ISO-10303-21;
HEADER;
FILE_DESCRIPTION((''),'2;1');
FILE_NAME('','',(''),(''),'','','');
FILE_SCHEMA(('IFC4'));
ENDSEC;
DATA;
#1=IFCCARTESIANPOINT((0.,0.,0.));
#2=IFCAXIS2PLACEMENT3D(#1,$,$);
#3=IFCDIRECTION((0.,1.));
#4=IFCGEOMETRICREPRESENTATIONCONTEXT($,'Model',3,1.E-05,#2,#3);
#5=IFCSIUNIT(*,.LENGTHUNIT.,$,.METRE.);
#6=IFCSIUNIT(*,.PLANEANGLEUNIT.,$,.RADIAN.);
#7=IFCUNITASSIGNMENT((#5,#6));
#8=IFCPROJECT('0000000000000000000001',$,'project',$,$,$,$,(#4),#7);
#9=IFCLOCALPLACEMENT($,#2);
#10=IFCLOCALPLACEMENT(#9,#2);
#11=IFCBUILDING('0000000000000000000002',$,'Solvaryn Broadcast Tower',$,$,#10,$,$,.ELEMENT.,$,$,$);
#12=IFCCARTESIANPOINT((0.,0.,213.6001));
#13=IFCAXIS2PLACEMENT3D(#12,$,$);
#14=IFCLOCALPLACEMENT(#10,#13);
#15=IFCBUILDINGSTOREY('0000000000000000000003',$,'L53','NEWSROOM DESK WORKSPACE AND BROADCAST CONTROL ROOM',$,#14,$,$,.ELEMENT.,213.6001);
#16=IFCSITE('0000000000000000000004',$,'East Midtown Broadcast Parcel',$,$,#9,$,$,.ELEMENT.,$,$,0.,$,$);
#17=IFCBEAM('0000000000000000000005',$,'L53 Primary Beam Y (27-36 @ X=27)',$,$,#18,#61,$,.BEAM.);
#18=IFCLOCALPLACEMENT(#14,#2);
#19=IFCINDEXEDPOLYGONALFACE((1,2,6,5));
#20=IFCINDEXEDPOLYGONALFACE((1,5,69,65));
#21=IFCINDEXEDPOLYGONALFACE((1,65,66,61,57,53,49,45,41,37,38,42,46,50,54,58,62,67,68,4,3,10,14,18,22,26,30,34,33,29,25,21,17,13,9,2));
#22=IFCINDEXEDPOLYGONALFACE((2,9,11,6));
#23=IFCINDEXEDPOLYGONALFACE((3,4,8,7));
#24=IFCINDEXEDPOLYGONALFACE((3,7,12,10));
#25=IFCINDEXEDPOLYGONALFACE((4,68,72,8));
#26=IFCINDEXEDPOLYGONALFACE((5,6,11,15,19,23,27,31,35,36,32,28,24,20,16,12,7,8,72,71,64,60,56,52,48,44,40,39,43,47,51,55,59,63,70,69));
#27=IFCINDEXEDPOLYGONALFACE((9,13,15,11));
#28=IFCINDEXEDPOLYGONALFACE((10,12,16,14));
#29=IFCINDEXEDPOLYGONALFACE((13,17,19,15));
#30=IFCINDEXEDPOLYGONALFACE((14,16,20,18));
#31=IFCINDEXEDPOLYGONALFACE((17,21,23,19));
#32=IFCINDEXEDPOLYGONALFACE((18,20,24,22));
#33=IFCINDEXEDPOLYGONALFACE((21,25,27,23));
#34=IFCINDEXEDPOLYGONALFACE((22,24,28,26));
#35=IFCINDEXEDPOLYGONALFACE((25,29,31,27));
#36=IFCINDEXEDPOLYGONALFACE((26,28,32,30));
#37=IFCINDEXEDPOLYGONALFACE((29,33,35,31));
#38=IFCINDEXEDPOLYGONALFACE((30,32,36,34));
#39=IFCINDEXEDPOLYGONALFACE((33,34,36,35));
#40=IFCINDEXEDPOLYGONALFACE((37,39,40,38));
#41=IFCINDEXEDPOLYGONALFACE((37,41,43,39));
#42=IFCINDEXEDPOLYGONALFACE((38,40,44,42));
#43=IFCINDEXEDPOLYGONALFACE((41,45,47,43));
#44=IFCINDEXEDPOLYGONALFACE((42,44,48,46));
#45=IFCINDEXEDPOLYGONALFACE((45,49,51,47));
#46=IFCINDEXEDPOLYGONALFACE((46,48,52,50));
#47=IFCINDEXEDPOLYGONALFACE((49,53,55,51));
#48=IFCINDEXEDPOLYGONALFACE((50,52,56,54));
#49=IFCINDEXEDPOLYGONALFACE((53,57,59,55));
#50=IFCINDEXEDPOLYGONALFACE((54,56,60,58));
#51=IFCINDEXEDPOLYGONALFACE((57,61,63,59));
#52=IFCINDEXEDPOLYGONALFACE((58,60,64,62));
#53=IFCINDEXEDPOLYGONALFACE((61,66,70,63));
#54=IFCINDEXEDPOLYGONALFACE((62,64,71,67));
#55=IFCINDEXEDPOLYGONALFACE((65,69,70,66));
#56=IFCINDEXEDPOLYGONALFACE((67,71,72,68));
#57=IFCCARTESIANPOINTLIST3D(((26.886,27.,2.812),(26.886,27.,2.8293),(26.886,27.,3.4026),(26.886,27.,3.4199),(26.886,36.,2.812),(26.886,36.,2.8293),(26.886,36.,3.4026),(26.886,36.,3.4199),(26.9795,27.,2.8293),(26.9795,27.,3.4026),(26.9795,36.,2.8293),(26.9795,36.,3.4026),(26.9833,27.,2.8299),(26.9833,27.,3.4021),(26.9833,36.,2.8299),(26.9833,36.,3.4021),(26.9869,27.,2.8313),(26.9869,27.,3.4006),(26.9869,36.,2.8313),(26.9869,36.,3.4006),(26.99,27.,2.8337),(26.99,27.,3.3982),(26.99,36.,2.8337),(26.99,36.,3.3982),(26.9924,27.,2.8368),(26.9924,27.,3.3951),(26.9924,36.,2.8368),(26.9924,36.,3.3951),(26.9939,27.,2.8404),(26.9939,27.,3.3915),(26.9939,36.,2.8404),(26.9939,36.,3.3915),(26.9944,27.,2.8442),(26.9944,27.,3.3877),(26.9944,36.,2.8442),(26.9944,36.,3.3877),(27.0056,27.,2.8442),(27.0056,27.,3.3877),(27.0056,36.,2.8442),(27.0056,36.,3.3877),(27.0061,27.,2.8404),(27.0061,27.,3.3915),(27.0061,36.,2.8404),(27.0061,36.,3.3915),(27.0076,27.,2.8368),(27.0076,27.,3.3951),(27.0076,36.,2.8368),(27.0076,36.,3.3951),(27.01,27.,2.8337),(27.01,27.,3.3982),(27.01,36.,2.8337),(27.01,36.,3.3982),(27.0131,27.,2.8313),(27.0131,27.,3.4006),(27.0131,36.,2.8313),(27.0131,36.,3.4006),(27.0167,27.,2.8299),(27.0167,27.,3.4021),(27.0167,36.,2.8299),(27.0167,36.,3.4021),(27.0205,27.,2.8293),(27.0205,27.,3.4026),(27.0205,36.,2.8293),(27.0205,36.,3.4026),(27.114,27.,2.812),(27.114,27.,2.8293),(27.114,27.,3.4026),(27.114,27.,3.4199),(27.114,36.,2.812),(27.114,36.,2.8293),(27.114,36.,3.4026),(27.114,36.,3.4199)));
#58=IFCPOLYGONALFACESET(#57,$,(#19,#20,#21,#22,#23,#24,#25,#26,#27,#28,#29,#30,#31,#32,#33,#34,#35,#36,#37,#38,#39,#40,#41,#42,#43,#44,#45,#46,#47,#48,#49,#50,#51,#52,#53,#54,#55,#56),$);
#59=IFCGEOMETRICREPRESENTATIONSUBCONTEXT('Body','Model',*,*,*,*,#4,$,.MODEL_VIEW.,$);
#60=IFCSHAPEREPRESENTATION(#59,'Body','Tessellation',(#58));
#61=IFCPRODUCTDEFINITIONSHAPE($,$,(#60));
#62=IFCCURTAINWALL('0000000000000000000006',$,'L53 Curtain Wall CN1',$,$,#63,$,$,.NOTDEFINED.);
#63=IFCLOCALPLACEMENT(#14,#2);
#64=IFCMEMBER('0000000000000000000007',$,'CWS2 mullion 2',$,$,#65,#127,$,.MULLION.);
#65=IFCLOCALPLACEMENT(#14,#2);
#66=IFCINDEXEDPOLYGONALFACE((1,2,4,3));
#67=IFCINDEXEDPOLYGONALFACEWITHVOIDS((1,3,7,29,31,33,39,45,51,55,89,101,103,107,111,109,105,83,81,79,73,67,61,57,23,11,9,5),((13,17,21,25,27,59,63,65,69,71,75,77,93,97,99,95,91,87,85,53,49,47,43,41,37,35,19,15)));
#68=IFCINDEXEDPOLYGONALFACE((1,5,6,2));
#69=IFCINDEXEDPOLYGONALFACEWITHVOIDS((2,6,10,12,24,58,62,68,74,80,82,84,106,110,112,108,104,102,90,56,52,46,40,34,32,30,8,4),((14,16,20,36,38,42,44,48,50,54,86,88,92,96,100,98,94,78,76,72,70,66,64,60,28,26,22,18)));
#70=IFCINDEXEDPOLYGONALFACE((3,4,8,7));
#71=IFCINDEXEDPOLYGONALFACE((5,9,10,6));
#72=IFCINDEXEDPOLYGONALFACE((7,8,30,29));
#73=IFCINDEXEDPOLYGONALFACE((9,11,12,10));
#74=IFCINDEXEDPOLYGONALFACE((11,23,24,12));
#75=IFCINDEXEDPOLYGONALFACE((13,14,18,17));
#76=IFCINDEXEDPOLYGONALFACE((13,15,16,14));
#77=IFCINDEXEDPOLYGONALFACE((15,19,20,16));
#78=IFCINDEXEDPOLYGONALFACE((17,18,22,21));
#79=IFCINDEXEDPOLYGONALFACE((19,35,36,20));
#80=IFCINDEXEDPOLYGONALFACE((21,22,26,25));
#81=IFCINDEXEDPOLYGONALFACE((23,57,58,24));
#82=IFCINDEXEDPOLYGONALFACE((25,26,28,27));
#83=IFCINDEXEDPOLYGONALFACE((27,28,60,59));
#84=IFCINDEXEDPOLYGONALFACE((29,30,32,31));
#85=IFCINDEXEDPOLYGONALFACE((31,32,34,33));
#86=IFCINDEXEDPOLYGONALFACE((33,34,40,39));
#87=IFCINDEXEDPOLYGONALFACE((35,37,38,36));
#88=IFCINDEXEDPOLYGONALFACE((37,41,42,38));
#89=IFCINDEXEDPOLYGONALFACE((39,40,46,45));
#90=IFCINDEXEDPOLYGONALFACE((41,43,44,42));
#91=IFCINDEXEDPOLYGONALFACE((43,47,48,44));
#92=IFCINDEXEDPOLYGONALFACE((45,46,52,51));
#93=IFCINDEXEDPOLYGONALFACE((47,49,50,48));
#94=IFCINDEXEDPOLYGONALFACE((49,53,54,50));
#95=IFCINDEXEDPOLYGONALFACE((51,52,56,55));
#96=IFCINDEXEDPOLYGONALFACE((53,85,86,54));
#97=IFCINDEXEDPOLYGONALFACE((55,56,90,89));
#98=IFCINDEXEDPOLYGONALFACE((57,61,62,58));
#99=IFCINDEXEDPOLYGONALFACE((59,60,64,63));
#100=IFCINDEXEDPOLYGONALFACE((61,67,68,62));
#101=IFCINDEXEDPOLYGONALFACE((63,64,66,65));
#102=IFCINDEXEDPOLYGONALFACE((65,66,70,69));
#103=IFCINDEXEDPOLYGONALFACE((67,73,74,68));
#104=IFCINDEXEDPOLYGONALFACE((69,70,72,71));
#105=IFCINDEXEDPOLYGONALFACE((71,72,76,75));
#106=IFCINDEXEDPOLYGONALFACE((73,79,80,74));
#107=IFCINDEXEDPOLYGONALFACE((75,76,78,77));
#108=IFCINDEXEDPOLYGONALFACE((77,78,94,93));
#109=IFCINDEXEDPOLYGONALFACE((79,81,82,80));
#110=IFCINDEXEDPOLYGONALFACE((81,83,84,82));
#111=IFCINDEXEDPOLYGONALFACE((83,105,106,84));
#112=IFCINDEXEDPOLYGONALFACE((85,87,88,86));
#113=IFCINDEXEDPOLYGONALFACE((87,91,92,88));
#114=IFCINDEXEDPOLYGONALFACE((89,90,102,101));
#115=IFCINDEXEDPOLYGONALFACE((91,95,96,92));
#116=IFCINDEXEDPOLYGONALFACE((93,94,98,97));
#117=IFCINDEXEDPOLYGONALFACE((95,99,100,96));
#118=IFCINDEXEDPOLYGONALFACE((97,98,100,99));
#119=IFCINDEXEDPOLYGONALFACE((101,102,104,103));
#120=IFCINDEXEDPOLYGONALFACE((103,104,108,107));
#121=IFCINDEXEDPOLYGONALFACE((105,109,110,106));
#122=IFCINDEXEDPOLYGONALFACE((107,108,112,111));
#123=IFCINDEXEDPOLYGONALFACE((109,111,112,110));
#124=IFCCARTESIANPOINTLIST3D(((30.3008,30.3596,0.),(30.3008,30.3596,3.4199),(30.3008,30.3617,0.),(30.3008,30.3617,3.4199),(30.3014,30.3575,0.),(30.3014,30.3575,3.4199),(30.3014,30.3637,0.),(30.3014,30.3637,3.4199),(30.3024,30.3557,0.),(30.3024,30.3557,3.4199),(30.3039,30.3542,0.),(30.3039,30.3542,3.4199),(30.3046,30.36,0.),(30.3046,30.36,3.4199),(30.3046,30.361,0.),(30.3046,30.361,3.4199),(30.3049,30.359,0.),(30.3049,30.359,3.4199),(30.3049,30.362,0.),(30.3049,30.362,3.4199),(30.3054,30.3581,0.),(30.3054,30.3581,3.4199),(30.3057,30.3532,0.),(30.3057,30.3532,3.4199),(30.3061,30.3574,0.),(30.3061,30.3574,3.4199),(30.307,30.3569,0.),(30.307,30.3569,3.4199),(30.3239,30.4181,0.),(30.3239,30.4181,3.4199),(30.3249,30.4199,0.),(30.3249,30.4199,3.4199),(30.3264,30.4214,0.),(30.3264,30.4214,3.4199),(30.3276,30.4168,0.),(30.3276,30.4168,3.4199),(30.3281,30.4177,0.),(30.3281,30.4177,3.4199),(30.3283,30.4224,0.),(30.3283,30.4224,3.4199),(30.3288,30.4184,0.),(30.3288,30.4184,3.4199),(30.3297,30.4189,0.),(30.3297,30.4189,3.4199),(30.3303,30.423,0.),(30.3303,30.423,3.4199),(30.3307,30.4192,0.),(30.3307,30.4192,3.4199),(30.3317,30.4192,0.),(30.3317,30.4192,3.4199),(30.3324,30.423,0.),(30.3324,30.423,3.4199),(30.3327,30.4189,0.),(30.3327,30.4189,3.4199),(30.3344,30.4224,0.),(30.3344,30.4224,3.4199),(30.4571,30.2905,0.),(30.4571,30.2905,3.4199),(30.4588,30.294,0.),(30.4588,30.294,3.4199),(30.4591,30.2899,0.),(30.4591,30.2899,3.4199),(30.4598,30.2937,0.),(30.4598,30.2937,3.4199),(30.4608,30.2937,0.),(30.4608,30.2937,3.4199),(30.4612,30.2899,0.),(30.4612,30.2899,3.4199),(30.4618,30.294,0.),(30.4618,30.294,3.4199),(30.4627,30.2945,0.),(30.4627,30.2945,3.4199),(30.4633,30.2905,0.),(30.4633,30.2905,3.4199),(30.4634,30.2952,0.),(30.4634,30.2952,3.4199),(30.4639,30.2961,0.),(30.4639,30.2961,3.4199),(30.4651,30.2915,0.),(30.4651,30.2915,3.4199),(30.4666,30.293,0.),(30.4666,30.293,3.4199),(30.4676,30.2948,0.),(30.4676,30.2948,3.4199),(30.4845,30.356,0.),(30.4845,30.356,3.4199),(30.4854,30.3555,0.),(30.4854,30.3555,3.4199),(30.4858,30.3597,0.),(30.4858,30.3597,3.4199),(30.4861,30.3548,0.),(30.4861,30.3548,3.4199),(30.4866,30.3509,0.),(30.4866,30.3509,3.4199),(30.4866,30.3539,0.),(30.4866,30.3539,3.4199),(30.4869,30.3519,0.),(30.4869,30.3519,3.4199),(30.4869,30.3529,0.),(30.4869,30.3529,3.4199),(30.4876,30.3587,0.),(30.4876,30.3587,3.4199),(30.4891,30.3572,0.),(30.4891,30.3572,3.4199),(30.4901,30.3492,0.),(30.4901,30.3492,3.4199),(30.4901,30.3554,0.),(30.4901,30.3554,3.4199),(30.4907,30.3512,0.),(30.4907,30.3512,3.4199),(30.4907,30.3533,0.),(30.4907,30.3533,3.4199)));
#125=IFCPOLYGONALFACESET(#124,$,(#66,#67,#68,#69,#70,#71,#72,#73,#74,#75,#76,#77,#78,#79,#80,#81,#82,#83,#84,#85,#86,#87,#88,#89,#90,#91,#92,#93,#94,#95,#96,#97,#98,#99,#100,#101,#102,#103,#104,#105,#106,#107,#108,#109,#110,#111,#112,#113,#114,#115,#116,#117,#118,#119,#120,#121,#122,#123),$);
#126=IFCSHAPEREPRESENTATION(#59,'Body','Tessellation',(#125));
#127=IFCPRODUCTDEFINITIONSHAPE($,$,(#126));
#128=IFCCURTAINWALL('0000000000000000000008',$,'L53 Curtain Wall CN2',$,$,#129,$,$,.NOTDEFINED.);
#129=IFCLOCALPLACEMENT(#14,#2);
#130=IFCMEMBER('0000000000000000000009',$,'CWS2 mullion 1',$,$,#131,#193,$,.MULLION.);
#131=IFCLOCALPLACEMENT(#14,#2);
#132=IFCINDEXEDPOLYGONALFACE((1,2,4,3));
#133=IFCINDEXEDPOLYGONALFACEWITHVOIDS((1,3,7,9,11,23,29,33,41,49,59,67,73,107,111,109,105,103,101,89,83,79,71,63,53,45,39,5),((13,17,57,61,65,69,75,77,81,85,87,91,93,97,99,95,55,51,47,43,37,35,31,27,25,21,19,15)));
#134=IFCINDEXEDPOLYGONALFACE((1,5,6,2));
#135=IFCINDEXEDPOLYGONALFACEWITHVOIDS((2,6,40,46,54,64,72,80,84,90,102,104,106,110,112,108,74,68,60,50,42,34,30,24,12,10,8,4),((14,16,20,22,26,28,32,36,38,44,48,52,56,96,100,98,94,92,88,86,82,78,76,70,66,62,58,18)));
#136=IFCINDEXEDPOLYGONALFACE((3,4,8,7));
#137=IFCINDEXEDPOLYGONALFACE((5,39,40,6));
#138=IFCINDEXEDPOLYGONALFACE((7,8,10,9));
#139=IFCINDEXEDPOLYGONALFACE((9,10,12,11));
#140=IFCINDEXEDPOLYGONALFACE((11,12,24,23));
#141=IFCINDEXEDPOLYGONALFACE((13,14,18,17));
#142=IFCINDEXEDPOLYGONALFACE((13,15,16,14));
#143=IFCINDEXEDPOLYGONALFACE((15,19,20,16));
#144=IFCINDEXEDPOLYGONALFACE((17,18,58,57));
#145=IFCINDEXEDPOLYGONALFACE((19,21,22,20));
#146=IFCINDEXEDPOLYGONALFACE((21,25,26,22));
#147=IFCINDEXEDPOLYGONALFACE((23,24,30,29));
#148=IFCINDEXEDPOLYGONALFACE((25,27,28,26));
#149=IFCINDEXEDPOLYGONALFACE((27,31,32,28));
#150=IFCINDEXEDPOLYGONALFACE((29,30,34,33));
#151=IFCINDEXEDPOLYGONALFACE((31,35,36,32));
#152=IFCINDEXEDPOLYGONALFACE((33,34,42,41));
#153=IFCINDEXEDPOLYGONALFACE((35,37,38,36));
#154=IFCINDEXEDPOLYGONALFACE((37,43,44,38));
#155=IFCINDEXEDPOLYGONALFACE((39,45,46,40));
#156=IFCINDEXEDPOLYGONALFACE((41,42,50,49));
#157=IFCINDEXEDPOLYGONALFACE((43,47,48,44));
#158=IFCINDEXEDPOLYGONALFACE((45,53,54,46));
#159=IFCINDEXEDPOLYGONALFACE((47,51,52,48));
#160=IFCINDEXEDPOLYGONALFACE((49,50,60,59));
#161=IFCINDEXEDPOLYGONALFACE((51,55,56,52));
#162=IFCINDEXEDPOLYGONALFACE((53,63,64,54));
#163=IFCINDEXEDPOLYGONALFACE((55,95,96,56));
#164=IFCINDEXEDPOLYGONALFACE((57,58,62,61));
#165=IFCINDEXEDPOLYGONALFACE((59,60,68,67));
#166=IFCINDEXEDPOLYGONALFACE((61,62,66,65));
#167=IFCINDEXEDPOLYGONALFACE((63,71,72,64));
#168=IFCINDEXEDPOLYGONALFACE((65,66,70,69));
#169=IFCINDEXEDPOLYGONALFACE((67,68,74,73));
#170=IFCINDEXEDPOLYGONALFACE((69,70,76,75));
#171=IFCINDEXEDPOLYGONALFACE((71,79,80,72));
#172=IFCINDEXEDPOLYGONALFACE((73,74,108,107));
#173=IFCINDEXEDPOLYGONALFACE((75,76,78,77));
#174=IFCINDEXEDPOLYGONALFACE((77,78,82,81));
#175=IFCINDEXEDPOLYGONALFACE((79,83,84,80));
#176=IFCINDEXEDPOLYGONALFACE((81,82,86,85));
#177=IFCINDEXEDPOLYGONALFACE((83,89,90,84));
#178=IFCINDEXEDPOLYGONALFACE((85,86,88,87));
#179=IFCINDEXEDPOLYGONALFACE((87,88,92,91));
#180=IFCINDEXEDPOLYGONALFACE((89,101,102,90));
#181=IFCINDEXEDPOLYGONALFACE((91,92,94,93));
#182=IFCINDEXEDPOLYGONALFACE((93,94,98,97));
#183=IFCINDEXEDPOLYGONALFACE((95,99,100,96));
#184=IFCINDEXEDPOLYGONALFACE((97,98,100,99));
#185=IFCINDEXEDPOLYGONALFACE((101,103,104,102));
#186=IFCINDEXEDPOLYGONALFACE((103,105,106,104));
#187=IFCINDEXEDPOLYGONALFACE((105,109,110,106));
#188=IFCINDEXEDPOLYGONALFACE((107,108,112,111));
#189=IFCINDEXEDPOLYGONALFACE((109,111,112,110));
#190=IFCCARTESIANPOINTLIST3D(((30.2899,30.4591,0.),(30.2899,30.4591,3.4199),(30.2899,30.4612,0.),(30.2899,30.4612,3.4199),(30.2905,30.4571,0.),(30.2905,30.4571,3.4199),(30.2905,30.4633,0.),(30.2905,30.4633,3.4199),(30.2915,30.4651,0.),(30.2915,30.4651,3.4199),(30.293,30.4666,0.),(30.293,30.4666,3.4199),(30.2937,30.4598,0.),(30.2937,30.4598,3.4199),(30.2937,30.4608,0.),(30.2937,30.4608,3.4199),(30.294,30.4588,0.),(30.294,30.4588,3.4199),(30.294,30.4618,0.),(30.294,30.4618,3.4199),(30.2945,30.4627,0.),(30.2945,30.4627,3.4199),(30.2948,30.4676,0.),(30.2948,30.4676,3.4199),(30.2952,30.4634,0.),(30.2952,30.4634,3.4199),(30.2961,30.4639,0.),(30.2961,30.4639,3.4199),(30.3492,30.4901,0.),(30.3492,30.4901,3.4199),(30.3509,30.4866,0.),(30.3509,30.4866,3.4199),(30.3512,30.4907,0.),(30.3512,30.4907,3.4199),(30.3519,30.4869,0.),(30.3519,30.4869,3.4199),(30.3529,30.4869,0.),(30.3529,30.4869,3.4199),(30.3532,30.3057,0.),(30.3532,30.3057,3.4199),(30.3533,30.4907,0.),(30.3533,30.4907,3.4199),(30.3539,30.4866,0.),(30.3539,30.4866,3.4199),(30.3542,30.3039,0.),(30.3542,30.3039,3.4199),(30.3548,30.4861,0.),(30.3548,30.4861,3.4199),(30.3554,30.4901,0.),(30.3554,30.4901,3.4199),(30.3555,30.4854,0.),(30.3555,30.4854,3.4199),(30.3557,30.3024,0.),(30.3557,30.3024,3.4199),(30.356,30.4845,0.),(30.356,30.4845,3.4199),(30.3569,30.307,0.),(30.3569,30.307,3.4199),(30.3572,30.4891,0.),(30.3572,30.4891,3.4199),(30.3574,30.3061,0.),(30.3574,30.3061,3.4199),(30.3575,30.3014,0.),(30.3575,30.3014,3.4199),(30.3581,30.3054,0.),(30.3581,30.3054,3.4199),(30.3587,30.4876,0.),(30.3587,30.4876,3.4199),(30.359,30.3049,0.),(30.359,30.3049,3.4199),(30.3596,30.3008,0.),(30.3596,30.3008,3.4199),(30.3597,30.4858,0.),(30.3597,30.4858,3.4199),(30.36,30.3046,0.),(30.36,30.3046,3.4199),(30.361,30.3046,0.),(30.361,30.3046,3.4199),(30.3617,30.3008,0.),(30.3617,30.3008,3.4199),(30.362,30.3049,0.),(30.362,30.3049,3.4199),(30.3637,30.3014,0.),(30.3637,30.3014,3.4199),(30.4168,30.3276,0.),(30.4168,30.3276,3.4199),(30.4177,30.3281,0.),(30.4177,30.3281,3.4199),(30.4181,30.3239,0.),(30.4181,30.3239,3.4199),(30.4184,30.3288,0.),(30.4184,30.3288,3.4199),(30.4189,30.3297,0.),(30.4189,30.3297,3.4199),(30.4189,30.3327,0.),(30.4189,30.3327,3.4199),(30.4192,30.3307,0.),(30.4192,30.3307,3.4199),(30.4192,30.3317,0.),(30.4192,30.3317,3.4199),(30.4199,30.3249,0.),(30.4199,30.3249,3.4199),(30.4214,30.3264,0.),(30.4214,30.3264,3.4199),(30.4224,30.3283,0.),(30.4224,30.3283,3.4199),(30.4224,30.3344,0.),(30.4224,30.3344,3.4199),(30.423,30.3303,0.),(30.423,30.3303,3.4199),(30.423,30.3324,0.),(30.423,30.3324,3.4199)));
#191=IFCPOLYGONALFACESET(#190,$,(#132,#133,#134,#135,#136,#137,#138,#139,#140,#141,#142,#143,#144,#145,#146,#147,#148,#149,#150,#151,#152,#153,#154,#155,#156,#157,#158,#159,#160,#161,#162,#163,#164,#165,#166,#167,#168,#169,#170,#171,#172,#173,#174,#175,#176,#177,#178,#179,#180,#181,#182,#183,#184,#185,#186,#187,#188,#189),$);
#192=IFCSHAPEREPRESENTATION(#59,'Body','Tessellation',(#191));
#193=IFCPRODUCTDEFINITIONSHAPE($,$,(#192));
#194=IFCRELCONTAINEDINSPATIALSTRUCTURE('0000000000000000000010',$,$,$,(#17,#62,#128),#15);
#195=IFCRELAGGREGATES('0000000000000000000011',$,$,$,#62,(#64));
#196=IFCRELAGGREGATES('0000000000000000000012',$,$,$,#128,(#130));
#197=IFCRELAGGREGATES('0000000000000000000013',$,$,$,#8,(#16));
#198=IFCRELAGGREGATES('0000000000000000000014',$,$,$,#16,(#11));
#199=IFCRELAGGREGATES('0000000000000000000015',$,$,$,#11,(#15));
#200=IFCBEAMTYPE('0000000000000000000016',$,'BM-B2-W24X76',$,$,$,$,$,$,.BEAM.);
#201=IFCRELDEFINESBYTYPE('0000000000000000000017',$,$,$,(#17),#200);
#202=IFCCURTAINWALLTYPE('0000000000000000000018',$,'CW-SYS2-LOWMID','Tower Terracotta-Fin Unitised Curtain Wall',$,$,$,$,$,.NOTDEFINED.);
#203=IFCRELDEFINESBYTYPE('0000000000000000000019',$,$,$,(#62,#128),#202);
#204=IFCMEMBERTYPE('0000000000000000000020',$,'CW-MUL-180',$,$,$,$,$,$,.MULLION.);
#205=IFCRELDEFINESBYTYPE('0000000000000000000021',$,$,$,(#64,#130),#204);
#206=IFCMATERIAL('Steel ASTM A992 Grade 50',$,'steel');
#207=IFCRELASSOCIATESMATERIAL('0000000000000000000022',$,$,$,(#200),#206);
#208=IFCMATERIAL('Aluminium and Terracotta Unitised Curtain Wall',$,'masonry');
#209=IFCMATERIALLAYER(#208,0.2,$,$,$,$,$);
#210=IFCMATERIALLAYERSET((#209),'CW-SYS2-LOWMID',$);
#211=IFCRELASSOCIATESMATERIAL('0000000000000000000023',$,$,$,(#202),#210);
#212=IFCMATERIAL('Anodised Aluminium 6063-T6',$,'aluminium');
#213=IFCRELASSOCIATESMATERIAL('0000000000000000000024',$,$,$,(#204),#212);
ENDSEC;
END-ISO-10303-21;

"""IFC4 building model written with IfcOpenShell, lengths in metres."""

from ifc_helpers import new_model, si_unit, direction, frame, origin, origin_2d, place, context, subcontext, project, spatial, hollow_rectangle, i_section, extrude, material, layer, layer_set, material_profile, profile_set, type_object, element, aggregate, save


model = new_model("IFC4")

# Units and contexts
model_context = context("Model", 3, precision=1e-05, world=origin(), true_north=direction((0.0, 1.0)))
body_context = subcontext(model_context, "Body", "Model", "MODEL_VIEW")
ifc_project = project(units=[si_unit("LENGTHUNIT", "METRE"), si_unit("PLANEANGLEUNIT", "RADIAN")], contexts=[model_context])

# Site, building, storey
site_placement = place(None, origin())
site = spatial("IfcSite", under=ifc_project, at=site_placement, Name="East Midtown Broadcast Parcel", CompositionType="ELEMENT", RefElevation=0.0)
building_placement = place(site_placement, origin())
building = spatial("IfcBuilding", under=site, at=building_placement, Name="Solvaryn Broadcast Tower", CompositionType="ELEMENT")
storey_placement = place(building_placement, frame((0.0, 0.0, 213.6001)))
storey = spatial("IfcBuildingStorey", under=building, at=storey_placement, Name="L53", Description="NEWSROOM DESK WORKSPACE AND BROADCAST CONTROL ROOM", CompositionType="ELEMENT", Elevation=213.6001)

# Beam
ifc_material_1 = material(Name="Steel ASTM A992 Grade 50", Category="steel")
ifc_material_profile_1 = material_profile(ifc_material_1, i_section(OverallWidth=0.228, OverallDepth=0.6079, WebThickness=0.0112, FlangeThickness=0.0173, FilletRadius=0.0149, at=origin_2d()))
ifc_profile_set_1 = profile_set([ifc_material_profile_1], Name="Steel ASTM A992 Grade 50")
beam_type_1 = type_object("IfcBeamType", Name="BM-B2-W24X76", PredefinedType="BEAM", material=ifc_profile_set_1)
beam_1_placement = place(storey_placement, frame((27.0, 27.0, 3.116), z_axis=(0.0, 1.0, 0.0), x_axis=(-1.0, 0.0, 0.0)))
element("IfcBeam", 1, at=beam_1_placement, inside=storey, type_object=beam_type_1, Name="L53 Primary Beam Y (27-36 @ X=27)", PredefinedType="BEAM", context=body_context, shape_type="SweptSolid", body=[
    extrude(i_section(OverallWidth=0.228, OverallDepth=0.6079, WebThickness=0.0112, FlangeThickness=0.0173, FilletRadius=0.0149, at=origin_2d()), origin(), (0.0, 0.0, 1.0), 9.0),
])

# Curtain wall, member
ifc_material_2 = material(Name="Aluminium and Terracotta Unitised Curtain Wall", Category="masonry")
ifc_layer_1 = layer(ifc_material_2, 0.2)
ifc_layer_set_1 = layer_set([ifc_layer_1], Name="CW-SYS2-LOWMID")
curtain_wall_type = type_object("IfcCurtainWallType", Name="CW-SYS2-LOWMID", Description="Tower Terracotta-Fin Unitised Curtain Wall", PredefinedType="NOTDEFINED", material=ifc_layer_set_1)
curtain_wall_1_placement = place(storey_placement, origin())
curtain_wall_1 = element("IfcCurtainWall", 2, at=curtain_wall_1_placement, inside=storey, type_object=curtain_wall_type, Name="L53 Curtain Wall CN1", PredefinedType="NOTDEFINED")
ifc_material_3 = material(Name="Anodised Aluminium 6063-T6", Category="aluminium")
ifc_material_profile_2 = material_profile(ifc_material_3, hollow_rectangle(XDim=0.075, YDim=0.1799, WallThickness=0.0039, InnerFilletRadius=0.0039, OuterFilletRadius=0.0081, at=origin_2d()))
ifc_profile_set_2 = profile_set([ifc_material_profile_2], Name="Anodised Aluminium 6063-T6")
member_type_1 = type_object("IfcMemberType", Name="CW-MUL-180", PredefinedType="MULLION", material=ifc_profile_set_2)
member_1_placement = place(storey_placement, frame((30.3958, 30.3564, 0.0), z_axis=(0.0, 0.0, 1.0), x_axis=(-0.382646, -0.923895, 0.0)))
member_1 = element("IfcMember", 3, at=member_1_placement, type_object=member_type_1, Name="CWS2 mullion 2", PredefinedType="MULLION", context=body_context, shape_type="SweptSolid", body=[
    extrude(hollow_rectangle(XDim=0.075, YDim=0.1799, WallThickness=0.0039, InnerFilletRadius=0.0039, OuterFilletRadius=0.0081, at=origin_2d()), origin(), (0.0, 0.0, 1.0), 3.4199),
])

# Curtain wall, member
curtain_wall_2_placement = place(storey_placement, origin())
curtain_wall_2 = element("IfcCurtainWall", 4, at=curtain_wall_2_placement, inside=storey, type_object=curtain_wall_type, Name="L53 Curtain Wall CN2", PredefinedType="NOTDEFINED")
member_2_placement = place(storey_placement, frame((30.3564, 30.3958, 0.0), z_axis=(0.0, 0.0, 1.0), x_axis=(-0.923895, -0.382646, 0.0)))
member_2 = element("IfcMember", 5, at=member_2_placement, type_object=member_type_1, Name="CWS2 mullion 1", PredefinedType="MULLION", context=body_context, shape_type="SweptSolid", body=[
    extrude(hollow_rectangle(XDim=0.075, YDim=0.1799, WallThickness=0.0039, InnerFilletRadius=0.0039, OuterFilletRadius=0.0081, at=origin_2d()), origin(), (0.0, 0.0, 1.0), 3.4199),
])

aggregate(curtain_wall_1, [member_1])
aggregate(curtain_wall_2, [member_2])

save(model, "model.ifc")
